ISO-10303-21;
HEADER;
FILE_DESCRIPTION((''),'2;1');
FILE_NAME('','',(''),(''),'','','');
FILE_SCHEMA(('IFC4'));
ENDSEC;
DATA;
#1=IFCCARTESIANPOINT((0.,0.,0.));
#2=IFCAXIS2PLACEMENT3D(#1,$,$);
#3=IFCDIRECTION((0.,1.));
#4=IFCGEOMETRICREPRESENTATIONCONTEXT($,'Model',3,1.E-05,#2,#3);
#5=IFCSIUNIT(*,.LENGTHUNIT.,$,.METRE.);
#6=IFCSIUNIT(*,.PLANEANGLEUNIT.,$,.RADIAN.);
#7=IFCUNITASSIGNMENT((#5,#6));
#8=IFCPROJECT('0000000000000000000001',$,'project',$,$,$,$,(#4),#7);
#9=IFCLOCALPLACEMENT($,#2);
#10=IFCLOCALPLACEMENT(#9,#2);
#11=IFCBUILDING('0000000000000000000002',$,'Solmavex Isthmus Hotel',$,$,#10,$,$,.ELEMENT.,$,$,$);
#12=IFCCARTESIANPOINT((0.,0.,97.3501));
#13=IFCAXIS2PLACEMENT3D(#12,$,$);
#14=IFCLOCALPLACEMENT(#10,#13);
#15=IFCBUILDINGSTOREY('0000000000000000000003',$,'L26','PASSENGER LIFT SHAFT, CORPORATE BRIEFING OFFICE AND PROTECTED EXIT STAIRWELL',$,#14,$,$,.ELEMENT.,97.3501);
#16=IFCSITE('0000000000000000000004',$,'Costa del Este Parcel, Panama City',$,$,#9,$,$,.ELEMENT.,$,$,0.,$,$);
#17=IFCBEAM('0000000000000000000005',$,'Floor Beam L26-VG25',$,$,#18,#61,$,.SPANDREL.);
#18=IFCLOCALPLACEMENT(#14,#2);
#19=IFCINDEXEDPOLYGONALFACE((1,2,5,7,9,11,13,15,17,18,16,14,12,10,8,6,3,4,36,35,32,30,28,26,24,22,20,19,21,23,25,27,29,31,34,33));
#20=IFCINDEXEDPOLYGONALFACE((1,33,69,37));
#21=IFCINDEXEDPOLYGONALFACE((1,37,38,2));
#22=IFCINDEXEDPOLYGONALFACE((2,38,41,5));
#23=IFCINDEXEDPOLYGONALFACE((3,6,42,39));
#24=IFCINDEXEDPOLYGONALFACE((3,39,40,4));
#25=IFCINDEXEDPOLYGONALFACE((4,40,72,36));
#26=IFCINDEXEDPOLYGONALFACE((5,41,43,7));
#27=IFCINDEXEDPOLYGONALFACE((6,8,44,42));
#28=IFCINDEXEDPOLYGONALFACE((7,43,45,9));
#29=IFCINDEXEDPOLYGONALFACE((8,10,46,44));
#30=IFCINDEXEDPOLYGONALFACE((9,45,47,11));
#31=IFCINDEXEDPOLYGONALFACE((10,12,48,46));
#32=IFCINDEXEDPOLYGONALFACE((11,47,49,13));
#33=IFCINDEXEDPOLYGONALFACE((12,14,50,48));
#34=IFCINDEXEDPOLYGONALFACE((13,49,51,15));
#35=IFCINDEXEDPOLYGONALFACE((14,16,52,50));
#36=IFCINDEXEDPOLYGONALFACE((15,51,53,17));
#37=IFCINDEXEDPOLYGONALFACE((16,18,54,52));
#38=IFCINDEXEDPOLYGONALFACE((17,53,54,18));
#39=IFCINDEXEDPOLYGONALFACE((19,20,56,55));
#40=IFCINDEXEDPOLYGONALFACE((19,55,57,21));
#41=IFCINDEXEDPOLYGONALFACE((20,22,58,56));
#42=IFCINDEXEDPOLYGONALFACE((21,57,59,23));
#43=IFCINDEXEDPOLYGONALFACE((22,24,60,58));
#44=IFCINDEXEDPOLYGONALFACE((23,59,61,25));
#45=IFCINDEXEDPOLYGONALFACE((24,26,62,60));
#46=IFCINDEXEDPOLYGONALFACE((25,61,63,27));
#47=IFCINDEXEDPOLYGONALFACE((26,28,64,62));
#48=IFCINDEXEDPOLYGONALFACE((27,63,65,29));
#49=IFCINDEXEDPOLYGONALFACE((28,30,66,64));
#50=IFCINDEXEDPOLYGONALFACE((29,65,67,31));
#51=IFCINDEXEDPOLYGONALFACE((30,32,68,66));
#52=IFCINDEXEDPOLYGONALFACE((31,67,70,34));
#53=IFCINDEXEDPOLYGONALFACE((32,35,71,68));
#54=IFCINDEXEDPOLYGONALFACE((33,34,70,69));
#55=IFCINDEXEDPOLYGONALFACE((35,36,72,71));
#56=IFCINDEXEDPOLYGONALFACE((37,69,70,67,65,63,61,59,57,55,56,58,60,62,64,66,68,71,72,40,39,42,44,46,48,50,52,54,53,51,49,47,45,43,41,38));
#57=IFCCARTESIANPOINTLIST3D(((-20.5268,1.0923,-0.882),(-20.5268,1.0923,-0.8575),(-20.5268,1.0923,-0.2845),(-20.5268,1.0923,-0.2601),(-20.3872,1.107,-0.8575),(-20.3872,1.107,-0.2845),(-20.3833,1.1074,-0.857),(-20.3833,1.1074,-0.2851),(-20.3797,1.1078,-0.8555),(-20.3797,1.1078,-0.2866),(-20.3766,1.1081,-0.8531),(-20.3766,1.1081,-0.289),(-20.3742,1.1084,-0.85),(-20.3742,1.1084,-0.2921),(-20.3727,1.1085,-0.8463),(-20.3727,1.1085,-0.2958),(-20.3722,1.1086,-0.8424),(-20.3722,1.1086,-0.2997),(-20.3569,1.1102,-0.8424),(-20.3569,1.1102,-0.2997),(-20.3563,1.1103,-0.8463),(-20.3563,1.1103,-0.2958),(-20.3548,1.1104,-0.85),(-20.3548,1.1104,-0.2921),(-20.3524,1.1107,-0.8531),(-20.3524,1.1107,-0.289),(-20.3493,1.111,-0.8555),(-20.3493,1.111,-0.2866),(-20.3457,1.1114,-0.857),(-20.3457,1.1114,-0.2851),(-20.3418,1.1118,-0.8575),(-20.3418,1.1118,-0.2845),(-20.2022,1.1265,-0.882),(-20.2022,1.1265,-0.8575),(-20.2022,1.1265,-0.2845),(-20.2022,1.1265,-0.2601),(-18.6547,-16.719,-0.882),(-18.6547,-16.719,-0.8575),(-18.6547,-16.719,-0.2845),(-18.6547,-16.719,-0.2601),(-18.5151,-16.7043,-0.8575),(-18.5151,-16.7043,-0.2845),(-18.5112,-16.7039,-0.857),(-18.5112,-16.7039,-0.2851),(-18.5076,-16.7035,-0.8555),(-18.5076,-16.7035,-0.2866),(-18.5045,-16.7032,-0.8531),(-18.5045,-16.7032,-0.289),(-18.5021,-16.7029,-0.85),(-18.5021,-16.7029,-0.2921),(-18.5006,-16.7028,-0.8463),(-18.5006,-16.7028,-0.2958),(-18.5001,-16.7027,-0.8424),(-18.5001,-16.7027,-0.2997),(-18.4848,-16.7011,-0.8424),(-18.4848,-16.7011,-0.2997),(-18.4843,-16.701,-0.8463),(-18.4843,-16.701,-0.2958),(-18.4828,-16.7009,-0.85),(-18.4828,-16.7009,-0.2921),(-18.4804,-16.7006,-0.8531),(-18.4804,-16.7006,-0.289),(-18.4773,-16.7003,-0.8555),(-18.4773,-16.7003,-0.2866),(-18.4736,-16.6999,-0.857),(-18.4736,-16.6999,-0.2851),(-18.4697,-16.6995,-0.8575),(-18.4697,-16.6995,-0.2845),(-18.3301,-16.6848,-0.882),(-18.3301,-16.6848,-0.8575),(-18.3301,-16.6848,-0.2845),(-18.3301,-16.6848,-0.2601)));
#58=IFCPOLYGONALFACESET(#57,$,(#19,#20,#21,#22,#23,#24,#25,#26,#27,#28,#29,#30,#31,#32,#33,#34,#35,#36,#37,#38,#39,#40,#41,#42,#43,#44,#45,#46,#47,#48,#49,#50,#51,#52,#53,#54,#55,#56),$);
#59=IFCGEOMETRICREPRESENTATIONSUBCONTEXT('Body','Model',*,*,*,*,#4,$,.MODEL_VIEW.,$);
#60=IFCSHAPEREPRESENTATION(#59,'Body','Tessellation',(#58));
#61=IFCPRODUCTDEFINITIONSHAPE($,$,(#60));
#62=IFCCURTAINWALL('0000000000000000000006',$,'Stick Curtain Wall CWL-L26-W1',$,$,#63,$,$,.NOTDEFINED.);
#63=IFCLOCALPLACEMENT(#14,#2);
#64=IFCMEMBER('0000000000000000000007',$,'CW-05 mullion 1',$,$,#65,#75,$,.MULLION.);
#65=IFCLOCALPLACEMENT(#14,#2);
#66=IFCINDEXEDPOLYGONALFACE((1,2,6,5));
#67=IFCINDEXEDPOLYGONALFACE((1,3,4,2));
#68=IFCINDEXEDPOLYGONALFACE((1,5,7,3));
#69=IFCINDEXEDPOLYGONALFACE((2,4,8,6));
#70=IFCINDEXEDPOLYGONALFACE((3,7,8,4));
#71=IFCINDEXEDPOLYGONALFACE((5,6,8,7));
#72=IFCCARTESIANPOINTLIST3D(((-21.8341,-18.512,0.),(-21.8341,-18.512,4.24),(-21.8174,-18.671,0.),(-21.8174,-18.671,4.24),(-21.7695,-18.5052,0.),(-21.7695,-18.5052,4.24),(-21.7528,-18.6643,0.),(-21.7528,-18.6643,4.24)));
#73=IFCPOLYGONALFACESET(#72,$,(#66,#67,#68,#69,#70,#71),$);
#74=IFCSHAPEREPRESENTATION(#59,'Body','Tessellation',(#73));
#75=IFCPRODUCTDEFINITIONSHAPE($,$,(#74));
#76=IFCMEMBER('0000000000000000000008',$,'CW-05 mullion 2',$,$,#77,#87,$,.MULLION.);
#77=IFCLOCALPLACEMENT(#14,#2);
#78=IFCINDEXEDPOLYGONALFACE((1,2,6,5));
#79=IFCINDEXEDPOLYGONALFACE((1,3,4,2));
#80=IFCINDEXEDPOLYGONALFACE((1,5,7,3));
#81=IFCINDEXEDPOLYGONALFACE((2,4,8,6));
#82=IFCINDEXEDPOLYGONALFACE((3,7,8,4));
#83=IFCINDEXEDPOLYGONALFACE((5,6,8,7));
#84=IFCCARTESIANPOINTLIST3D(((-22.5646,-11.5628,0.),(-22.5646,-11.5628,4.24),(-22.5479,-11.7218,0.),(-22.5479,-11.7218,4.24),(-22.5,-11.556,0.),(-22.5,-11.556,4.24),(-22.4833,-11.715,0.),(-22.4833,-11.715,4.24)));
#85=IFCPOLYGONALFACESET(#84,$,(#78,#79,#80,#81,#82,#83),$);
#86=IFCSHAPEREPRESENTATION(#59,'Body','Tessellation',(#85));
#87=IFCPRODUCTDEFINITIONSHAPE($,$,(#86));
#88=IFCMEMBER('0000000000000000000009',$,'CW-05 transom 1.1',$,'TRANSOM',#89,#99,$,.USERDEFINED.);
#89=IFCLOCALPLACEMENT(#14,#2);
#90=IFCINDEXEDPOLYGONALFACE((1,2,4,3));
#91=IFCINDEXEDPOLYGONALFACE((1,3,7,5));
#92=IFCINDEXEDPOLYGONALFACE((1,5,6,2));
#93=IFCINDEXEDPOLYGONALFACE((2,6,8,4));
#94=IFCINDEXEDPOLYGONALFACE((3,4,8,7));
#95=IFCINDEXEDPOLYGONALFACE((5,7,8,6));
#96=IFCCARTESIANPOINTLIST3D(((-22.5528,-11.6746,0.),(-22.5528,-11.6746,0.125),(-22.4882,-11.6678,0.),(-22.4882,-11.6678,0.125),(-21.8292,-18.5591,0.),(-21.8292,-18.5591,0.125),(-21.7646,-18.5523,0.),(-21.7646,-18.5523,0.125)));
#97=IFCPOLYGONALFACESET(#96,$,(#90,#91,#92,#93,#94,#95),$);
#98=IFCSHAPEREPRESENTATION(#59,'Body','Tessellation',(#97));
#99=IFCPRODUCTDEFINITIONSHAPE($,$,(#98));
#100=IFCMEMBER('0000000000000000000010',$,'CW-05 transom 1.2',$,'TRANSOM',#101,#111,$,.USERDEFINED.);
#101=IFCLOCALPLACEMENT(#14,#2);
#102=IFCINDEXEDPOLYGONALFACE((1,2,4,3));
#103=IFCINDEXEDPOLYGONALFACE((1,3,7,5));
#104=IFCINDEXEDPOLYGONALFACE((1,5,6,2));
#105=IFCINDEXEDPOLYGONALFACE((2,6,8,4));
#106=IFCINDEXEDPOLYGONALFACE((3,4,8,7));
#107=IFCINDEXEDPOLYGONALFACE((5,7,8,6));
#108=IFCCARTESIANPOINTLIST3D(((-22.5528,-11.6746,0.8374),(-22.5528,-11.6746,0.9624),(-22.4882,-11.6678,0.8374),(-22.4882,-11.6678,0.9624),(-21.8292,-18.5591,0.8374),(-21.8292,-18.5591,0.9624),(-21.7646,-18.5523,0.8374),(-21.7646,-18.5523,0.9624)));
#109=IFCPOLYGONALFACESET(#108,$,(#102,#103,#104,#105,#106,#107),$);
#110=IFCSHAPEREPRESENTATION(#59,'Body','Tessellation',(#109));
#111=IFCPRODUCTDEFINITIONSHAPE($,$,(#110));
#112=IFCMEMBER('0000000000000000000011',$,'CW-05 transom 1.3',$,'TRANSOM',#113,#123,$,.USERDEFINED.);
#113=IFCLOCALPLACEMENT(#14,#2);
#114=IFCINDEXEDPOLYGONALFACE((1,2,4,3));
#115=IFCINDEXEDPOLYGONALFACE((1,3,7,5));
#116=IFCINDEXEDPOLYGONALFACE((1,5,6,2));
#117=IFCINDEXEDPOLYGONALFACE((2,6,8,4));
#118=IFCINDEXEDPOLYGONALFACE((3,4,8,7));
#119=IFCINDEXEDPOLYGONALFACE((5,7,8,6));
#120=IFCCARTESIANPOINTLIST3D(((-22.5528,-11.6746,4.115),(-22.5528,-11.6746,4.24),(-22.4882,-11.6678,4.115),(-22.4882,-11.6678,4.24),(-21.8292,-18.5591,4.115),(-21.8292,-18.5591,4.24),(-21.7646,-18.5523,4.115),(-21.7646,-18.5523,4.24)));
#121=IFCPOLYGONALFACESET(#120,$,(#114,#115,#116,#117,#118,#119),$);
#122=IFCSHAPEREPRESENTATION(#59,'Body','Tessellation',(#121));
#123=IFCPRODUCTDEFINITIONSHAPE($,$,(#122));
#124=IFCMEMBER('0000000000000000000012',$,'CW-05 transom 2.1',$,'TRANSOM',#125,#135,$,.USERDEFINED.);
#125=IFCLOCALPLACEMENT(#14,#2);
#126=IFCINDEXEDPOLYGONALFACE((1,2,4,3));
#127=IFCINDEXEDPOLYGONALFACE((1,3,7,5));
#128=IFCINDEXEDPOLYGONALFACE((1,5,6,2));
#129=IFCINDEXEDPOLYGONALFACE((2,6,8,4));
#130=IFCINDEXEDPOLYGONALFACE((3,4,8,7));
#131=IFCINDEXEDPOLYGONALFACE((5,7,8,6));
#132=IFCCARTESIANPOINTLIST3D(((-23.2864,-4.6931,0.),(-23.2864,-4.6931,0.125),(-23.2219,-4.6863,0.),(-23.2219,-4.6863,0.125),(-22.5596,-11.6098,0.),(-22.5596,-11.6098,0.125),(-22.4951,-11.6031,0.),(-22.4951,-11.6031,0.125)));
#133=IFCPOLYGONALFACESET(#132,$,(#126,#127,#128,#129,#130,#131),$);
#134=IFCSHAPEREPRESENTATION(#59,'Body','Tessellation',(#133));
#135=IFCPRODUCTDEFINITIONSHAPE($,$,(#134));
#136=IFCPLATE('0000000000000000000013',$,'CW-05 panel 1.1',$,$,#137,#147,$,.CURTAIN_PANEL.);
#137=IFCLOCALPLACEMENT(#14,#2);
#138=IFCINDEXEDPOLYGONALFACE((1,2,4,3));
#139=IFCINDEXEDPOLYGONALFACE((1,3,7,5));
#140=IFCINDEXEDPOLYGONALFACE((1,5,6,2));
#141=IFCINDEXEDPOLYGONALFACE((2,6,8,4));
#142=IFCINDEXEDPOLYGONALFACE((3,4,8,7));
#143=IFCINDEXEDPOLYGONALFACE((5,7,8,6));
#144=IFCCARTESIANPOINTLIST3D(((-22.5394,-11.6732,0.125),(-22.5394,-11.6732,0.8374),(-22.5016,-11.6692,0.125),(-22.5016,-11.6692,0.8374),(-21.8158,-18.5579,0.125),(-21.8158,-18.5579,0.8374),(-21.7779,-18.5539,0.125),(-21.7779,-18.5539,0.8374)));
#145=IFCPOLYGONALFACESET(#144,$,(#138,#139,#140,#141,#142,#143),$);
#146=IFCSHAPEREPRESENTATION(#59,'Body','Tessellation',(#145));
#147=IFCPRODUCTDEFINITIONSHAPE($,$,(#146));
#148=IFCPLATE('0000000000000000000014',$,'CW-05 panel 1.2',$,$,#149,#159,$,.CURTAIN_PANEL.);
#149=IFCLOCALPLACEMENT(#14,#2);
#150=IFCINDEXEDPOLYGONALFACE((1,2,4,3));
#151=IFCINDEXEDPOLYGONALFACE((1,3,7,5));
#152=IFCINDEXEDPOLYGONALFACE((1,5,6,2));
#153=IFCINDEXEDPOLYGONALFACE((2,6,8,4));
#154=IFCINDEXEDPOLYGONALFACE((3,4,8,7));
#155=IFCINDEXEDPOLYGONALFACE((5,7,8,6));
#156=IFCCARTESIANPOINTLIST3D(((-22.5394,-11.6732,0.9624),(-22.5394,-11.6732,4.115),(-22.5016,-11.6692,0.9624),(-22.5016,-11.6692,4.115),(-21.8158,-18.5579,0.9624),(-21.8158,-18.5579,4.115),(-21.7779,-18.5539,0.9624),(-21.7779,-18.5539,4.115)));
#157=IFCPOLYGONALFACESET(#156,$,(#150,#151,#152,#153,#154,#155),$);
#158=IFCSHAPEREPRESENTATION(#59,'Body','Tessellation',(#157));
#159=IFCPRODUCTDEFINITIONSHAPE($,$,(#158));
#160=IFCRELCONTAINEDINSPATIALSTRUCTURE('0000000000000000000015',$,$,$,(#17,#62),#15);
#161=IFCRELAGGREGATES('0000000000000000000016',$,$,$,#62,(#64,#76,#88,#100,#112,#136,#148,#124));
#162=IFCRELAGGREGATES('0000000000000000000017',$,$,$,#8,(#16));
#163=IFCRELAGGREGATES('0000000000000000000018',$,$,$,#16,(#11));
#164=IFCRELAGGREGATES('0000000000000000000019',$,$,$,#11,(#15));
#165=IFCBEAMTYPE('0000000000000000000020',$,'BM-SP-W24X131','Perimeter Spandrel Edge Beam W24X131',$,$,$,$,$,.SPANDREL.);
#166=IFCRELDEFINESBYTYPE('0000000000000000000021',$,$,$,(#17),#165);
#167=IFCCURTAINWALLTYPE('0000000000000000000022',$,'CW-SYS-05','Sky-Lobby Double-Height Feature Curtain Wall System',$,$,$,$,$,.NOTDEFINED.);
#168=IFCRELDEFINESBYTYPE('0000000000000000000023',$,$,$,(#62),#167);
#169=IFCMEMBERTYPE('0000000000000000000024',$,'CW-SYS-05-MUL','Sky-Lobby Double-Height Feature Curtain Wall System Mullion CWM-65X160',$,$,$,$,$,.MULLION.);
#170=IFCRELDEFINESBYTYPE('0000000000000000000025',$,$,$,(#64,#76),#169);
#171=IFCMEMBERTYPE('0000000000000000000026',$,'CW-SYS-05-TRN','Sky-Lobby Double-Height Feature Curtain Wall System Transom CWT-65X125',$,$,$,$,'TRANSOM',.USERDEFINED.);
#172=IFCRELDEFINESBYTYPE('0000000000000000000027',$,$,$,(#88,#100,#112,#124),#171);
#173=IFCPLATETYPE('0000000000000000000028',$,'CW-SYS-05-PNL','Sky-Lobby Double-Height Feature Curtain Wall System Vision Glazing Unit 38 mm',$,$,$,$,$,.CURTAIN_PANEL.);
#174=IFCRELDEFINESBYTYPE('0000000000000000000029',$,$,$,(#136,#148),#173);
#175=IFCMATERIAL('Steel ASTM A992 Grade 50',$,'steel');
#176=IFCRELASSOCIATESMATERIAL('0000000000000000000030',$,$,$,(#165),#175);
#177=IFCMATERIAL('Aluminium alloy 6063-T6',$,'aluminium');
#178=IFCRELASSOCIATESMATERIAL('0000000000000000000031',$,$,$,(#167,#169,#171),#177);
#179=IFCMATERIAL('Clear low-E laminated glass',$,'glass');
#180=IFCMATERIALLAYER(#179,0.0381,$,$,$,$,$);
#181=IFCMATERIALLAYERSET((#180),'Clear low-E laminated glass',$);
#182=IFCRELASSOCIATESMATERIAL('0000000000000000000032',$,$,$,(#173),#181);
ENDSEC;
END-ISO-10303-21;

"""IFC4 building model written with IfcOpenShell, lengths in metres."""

from ifc_helpers import new_model, si_unit, direction, frame, origin, origin_2d, place, context, subcontext, project, spatial, rectangle, i_section, extrude, material, layer, layer_set, material_profile, profile_set, type_object, element, aggregate, save


model = new_model("IFC4")

# Units and contexts
model_context = context("Model", 3, precision=1e-05, world=origin(), true_north=direction((0.0, 1.0)))
body_context = subcontext(model_context, "Body", "Model", "MODEL_VIEW")
ifc_project = project(units=[si_unit("LENGTHUNIT", "METRE"), si_unit("PLANEANGLEUNIT", "RADIAN")], contexts=[model_context])

# Site, building, storey
site_placement = place(None, origin())
site = spatial("IfcSite", under=ifc_project, at=site_placement, Name="Costa del Este Parcel, Panama City", CompositionType="ELEMENT", RefElevation=0.0)
building_placement = place(site_placement, origin())
building = spatial("IfcBuilding", under=site, at=building_placement, Name="Solmavex Isthmus Hotel", CompositionType="ELEMENT")
storey_placement = place(building_placement, frame((0.0, 0.0, 97.3501)))
storey = spatial("IfcBuildingStorey", under=building, at=storey_placement, Name="L26", Description="PASSENGER LIFT SHAFT, CORPORATE BRIEFING OFFICE AND PROTECTED EXIT STAIRWELL", CompositionType="ELEMENT", Elevation=97.3501)

# Beam
ifc_material_1 = material(Name="Steel ASTM A992 Grade 50", Category="steel")
ifc_material_profile_1 = material_profile(ifc_material_1, i_section(OverallWidth=0.3264, OverallDepth=0.6218, WebThickness=0.0154, FlangeThickness=0.0244, FilletRadius=0.0151, at=origin_2d()), Name="W24X131")
ifc_profile_set_1 = profile_set([ifc_material_profile_1], Name="Steel ASTM A992 Grade 50")
beam_type_1 = type_object("IfcBeamType", Name="BM-SP-W24X131", Description="Perimeter Spandrel Edge Beam W24X131", PredefinedType="SPANDREL", material=ifc_profile_set_1)
beam_1_placement = place(storey_placement, frame((-18.4924, -16.7019, -0.571), z_axis=(-0.10453, 0.994522, 0.0), x_axis=(-0.994522, -0.10453, 0.0)))
element("IfcBeam", 1, at=beam_1_placement, inside=storey, type_object=beam_type_1, Name="Floor Beam L26-VG25", PredefinedType="SPANDREL", context=body_context, shape_type="SweptSolid", body=[
    extrude(i_section(OverallWidth=0.3264, OverallDepth=0.6218, WebThickness=0.0154, FlangeThickness=0.0244, FilletRadius=0.0151, at=origin_2d()), origin(), (0.0, 0.0, 1.0), 17.9094),
])

# Curtain wall, members, plates
ifc_material_2 = material(Name="Aluminium alloy 6063-T6", Category="aluminium")
curtain_wall_type = type_object("IfcCurtainWallType", Name="CW-SYS-05", Description="Sky-Lobby Double-Height Feature Curtain Wall System", PredefinedType="NOTDEFINED", material=ifc_material_2)
curtain_wall_placement = place(storey_placement, origin())
curtain_wall = element("IfcCurtainWall", 2, at=curtain_wall_placement, inside=storey, type_object=curtain_wall_type, Name="Stick Curtain Wall CWL-L26-W1", PredefinedType="NOTDEFINED")
ifc_material_profile_2 = material_profile(ifc_material_2, rectangle(XDim=0.0649, YDim=0.1599, at=origin_2d()), Name="CWM-65X160")
ifc_profile_set_2 = profile_set([ifc_material_profile_2], Name="Aluminium alloy 6063-T6")
member_type_1 = type_object("IfcMemberType", Name="CW-SYS-05-MUL", Description="Sky-Lobby Double-Height Feature Curtain Wall System Mullion CWM-65X160", PredefinedType="MULLION", material=ifc_profile_set_2)
member_1_placement = place(storey_placement, frame((-21.7935, -18.5881, 0.0), z_axis=(0.0, 0.0, 1.0), x_axis=(-0.994522, -0.104528, 0.0)))
member_1 = element("IfcMember", 3, at=member_1_placement, type_object=member_type_1, Name="CW-05 mullion 1", PredefinedType="MULLION", context=body_context, shape_type="SweptSolid", body=[
    extrude(rectangle(XDim=0.0649, YDim=0.1599, at=origin_2d()), origin(), (0.0, 0.0, 1.0), 4.24),
])
member_2_placement = place(storey_placement, frame((-22.5239, -11.6389, 0.0), z_axis=(0.0, 0.0, 1.0), x_axis=(-0.994522, -0.104528, 0.0)))
member_2 = element("IfcMember", 4, at=member_2_placement, type_object=member_type_1, Name="CW-05 mullion 2", PredefinedType="MULLION", context=body_context, shape_type="SweptSolid", body=[
    extrude(rectangle(XDim=0.0649, YDim=0.1599, at=origin_2d()), origin(), (0.0, 0.0, 1.0), 4.24),
])
ifc_material_profile_3 = material_profile(ifc_material_2, rectangle(XDim=0.0649, YDim=0.125, at=origin_2d()), Name="CWT-65X125")
ifc_profile_set_3 = profile_set([ifc_material_profile_3], Name="Aluminium alloy 6063-T6")
member_type_2 = type_object("IfcMemberType", Name="CW-SYS-05-TRN", Description="Sky-Lobby Double-Height Feature Curtain Wall System Transom CWT-65X125", ElementType="TRANSOM", PredefinedType="USERDEFINED", material=ifc_profile_set_3)
member_3_placement = place(storey_placement, frame((-21.7969, -18.5557, 0.0625), z_axis=(-0.104534, 0.994521, 0.0), x_axis=(-0.994521, -0.104534, 0.0)))
member_3 = element("IfcMember", 5, at=member_3_placement, type_object=member_type_2, Name="CW-05 transom 1.1", ObjectType="TRANSOM", PredefinedType="USERDEFINED", context=body_context, shape_type="SweptSolid", body=[
    extrude(rectangle(XDim=0.0649, YDim=0.125, at=origin_2d()), origin(), (0.0, 0.0, 1.0), 6.9224),
])
member_4_placement = place(storey_placement, frame((-21.7969, -18.5557, 0.8999), z_axis=(-0.104534, 0.994521, 0.0), x_axis=(-0.994521, -0.104534, 0.0)))
member_4 = element("IfcMember", 6, at=member_4_placement, type_object=member_type_2, Name="CW-05 transom 1.2", ObjectType="TRANSOM", PredefinedType="USERDEFINED", context=body_context, shape_type="SweptSolid", body=[
    extrude(rectangle(XDim=0.0649, YDim=0.125, at=origin_2d()), origin(), (0.0, 0.0, 1.0), 6.9224),
])
member_5_placement = place(storey_placement, frame((-21.7969, -18.5557, 4.1775), z_axis=(-0.104534, 0.994521, 0.0), x_axis=(-0.994521, -0.104534, 0.0)))
member_5 = element("IfcMember", 7, at=member_5_placement, type_object=member_type_2, Name="CW-05 transom 1.3", ObjectType="TRANSOM", PredefinedType="USERDEFINED", context=body_context, shape_type="SweptSolid", body=[
    extrude(rectangle(XDim=0.0649, YDim=0.125, at=origin_2d()), origin(), (0.0, 0.0, 1.0), 6.9224),
])
member_6_placement = place(storey_placement, frame((-22.5273, -11.6064, 0.0625), z_axis=(-0.104504, 0.994524, 0.0), x_axis=(-0.994524, -0.104504, 0.0)))
member_6 = element("IfcMember", 8, at=member_6_placement, type_object=member_type_2, Name="CW-05 transom 2.1", ObjectType="TRANSOM", PredefinedType="USERDEFINED", context=body_context, shape_type="SweptSolid", body=[
    extrude(rectangle(XDim=0.0649, YDim=0.125, at=origin_2d()), origin(), (0.0, 0.0, 1.0), 6.9548),
])
ifc_material_3 = material(Name="Clear low-E laminated glass", Category="glass")
ifc_layer_1 = layer(ifc_material_3, 0.0381)
ifc_layer_set_1 = layer_set([ifc_layer_1], Name="Clear low-E laminated glass")
plate_type = type_object("IfcPlateType", Name="CW-SYS-05-PNL", Description="Sky-Lobby Double-Height Feature Curtain Wall System Vision Glazing Unit 38 mm", PredefinedType="CURTAIN_PANEL", material=ifc_layer_set_1)
plate_1_placement = place(storey_placement, frame((-22.1587, -15.1135, 0.125), z_axis=(0.0, 0.0, 1.0), x_axis=(-0.104528, 0.994522, 0.0)))
plate_1 = element("IfcPlate", 9, at=plate_1_placement, type_object=plate_type, Name="CW-05 panel 1.1", PredefinedType="CURTAIN_PANEL", context=body_context, shape_type="SweptSolid", body=[
    extrude(rectangle(XDim=6.9226, YDim=0.0381, at=origin_2d()), origin(), (0.0, 0.0, 1.0), 0.7124),
])
plate_2_placement = place(storey_placement, frame((-22.1587, -15.1135, 0.9624), z_axis=(0.0, 0.0, 1.0), x_axis=(-0.104528, 0.994522, 0.0)))
plate_2 = element("IfcPlate", 10, at=plate_2_placement, type_object=plate_type, Name="CW-05 panel 1.2", PredefinedType="CURTAIN_PANEL", context=body_context, shape_type="SweptSolid", body=[
    extrude(rectangle(XDim=6.9226, YDim=0.0381, at=origin_2d()), origin(), (0.0, 0.0, 1.0), 3.1526),
])
aggregate(curtain_wall, [member_1, member_2, member_3, member_4, member_5, plate_1, plate_2, member_6])

save(model, "model.ifc")
